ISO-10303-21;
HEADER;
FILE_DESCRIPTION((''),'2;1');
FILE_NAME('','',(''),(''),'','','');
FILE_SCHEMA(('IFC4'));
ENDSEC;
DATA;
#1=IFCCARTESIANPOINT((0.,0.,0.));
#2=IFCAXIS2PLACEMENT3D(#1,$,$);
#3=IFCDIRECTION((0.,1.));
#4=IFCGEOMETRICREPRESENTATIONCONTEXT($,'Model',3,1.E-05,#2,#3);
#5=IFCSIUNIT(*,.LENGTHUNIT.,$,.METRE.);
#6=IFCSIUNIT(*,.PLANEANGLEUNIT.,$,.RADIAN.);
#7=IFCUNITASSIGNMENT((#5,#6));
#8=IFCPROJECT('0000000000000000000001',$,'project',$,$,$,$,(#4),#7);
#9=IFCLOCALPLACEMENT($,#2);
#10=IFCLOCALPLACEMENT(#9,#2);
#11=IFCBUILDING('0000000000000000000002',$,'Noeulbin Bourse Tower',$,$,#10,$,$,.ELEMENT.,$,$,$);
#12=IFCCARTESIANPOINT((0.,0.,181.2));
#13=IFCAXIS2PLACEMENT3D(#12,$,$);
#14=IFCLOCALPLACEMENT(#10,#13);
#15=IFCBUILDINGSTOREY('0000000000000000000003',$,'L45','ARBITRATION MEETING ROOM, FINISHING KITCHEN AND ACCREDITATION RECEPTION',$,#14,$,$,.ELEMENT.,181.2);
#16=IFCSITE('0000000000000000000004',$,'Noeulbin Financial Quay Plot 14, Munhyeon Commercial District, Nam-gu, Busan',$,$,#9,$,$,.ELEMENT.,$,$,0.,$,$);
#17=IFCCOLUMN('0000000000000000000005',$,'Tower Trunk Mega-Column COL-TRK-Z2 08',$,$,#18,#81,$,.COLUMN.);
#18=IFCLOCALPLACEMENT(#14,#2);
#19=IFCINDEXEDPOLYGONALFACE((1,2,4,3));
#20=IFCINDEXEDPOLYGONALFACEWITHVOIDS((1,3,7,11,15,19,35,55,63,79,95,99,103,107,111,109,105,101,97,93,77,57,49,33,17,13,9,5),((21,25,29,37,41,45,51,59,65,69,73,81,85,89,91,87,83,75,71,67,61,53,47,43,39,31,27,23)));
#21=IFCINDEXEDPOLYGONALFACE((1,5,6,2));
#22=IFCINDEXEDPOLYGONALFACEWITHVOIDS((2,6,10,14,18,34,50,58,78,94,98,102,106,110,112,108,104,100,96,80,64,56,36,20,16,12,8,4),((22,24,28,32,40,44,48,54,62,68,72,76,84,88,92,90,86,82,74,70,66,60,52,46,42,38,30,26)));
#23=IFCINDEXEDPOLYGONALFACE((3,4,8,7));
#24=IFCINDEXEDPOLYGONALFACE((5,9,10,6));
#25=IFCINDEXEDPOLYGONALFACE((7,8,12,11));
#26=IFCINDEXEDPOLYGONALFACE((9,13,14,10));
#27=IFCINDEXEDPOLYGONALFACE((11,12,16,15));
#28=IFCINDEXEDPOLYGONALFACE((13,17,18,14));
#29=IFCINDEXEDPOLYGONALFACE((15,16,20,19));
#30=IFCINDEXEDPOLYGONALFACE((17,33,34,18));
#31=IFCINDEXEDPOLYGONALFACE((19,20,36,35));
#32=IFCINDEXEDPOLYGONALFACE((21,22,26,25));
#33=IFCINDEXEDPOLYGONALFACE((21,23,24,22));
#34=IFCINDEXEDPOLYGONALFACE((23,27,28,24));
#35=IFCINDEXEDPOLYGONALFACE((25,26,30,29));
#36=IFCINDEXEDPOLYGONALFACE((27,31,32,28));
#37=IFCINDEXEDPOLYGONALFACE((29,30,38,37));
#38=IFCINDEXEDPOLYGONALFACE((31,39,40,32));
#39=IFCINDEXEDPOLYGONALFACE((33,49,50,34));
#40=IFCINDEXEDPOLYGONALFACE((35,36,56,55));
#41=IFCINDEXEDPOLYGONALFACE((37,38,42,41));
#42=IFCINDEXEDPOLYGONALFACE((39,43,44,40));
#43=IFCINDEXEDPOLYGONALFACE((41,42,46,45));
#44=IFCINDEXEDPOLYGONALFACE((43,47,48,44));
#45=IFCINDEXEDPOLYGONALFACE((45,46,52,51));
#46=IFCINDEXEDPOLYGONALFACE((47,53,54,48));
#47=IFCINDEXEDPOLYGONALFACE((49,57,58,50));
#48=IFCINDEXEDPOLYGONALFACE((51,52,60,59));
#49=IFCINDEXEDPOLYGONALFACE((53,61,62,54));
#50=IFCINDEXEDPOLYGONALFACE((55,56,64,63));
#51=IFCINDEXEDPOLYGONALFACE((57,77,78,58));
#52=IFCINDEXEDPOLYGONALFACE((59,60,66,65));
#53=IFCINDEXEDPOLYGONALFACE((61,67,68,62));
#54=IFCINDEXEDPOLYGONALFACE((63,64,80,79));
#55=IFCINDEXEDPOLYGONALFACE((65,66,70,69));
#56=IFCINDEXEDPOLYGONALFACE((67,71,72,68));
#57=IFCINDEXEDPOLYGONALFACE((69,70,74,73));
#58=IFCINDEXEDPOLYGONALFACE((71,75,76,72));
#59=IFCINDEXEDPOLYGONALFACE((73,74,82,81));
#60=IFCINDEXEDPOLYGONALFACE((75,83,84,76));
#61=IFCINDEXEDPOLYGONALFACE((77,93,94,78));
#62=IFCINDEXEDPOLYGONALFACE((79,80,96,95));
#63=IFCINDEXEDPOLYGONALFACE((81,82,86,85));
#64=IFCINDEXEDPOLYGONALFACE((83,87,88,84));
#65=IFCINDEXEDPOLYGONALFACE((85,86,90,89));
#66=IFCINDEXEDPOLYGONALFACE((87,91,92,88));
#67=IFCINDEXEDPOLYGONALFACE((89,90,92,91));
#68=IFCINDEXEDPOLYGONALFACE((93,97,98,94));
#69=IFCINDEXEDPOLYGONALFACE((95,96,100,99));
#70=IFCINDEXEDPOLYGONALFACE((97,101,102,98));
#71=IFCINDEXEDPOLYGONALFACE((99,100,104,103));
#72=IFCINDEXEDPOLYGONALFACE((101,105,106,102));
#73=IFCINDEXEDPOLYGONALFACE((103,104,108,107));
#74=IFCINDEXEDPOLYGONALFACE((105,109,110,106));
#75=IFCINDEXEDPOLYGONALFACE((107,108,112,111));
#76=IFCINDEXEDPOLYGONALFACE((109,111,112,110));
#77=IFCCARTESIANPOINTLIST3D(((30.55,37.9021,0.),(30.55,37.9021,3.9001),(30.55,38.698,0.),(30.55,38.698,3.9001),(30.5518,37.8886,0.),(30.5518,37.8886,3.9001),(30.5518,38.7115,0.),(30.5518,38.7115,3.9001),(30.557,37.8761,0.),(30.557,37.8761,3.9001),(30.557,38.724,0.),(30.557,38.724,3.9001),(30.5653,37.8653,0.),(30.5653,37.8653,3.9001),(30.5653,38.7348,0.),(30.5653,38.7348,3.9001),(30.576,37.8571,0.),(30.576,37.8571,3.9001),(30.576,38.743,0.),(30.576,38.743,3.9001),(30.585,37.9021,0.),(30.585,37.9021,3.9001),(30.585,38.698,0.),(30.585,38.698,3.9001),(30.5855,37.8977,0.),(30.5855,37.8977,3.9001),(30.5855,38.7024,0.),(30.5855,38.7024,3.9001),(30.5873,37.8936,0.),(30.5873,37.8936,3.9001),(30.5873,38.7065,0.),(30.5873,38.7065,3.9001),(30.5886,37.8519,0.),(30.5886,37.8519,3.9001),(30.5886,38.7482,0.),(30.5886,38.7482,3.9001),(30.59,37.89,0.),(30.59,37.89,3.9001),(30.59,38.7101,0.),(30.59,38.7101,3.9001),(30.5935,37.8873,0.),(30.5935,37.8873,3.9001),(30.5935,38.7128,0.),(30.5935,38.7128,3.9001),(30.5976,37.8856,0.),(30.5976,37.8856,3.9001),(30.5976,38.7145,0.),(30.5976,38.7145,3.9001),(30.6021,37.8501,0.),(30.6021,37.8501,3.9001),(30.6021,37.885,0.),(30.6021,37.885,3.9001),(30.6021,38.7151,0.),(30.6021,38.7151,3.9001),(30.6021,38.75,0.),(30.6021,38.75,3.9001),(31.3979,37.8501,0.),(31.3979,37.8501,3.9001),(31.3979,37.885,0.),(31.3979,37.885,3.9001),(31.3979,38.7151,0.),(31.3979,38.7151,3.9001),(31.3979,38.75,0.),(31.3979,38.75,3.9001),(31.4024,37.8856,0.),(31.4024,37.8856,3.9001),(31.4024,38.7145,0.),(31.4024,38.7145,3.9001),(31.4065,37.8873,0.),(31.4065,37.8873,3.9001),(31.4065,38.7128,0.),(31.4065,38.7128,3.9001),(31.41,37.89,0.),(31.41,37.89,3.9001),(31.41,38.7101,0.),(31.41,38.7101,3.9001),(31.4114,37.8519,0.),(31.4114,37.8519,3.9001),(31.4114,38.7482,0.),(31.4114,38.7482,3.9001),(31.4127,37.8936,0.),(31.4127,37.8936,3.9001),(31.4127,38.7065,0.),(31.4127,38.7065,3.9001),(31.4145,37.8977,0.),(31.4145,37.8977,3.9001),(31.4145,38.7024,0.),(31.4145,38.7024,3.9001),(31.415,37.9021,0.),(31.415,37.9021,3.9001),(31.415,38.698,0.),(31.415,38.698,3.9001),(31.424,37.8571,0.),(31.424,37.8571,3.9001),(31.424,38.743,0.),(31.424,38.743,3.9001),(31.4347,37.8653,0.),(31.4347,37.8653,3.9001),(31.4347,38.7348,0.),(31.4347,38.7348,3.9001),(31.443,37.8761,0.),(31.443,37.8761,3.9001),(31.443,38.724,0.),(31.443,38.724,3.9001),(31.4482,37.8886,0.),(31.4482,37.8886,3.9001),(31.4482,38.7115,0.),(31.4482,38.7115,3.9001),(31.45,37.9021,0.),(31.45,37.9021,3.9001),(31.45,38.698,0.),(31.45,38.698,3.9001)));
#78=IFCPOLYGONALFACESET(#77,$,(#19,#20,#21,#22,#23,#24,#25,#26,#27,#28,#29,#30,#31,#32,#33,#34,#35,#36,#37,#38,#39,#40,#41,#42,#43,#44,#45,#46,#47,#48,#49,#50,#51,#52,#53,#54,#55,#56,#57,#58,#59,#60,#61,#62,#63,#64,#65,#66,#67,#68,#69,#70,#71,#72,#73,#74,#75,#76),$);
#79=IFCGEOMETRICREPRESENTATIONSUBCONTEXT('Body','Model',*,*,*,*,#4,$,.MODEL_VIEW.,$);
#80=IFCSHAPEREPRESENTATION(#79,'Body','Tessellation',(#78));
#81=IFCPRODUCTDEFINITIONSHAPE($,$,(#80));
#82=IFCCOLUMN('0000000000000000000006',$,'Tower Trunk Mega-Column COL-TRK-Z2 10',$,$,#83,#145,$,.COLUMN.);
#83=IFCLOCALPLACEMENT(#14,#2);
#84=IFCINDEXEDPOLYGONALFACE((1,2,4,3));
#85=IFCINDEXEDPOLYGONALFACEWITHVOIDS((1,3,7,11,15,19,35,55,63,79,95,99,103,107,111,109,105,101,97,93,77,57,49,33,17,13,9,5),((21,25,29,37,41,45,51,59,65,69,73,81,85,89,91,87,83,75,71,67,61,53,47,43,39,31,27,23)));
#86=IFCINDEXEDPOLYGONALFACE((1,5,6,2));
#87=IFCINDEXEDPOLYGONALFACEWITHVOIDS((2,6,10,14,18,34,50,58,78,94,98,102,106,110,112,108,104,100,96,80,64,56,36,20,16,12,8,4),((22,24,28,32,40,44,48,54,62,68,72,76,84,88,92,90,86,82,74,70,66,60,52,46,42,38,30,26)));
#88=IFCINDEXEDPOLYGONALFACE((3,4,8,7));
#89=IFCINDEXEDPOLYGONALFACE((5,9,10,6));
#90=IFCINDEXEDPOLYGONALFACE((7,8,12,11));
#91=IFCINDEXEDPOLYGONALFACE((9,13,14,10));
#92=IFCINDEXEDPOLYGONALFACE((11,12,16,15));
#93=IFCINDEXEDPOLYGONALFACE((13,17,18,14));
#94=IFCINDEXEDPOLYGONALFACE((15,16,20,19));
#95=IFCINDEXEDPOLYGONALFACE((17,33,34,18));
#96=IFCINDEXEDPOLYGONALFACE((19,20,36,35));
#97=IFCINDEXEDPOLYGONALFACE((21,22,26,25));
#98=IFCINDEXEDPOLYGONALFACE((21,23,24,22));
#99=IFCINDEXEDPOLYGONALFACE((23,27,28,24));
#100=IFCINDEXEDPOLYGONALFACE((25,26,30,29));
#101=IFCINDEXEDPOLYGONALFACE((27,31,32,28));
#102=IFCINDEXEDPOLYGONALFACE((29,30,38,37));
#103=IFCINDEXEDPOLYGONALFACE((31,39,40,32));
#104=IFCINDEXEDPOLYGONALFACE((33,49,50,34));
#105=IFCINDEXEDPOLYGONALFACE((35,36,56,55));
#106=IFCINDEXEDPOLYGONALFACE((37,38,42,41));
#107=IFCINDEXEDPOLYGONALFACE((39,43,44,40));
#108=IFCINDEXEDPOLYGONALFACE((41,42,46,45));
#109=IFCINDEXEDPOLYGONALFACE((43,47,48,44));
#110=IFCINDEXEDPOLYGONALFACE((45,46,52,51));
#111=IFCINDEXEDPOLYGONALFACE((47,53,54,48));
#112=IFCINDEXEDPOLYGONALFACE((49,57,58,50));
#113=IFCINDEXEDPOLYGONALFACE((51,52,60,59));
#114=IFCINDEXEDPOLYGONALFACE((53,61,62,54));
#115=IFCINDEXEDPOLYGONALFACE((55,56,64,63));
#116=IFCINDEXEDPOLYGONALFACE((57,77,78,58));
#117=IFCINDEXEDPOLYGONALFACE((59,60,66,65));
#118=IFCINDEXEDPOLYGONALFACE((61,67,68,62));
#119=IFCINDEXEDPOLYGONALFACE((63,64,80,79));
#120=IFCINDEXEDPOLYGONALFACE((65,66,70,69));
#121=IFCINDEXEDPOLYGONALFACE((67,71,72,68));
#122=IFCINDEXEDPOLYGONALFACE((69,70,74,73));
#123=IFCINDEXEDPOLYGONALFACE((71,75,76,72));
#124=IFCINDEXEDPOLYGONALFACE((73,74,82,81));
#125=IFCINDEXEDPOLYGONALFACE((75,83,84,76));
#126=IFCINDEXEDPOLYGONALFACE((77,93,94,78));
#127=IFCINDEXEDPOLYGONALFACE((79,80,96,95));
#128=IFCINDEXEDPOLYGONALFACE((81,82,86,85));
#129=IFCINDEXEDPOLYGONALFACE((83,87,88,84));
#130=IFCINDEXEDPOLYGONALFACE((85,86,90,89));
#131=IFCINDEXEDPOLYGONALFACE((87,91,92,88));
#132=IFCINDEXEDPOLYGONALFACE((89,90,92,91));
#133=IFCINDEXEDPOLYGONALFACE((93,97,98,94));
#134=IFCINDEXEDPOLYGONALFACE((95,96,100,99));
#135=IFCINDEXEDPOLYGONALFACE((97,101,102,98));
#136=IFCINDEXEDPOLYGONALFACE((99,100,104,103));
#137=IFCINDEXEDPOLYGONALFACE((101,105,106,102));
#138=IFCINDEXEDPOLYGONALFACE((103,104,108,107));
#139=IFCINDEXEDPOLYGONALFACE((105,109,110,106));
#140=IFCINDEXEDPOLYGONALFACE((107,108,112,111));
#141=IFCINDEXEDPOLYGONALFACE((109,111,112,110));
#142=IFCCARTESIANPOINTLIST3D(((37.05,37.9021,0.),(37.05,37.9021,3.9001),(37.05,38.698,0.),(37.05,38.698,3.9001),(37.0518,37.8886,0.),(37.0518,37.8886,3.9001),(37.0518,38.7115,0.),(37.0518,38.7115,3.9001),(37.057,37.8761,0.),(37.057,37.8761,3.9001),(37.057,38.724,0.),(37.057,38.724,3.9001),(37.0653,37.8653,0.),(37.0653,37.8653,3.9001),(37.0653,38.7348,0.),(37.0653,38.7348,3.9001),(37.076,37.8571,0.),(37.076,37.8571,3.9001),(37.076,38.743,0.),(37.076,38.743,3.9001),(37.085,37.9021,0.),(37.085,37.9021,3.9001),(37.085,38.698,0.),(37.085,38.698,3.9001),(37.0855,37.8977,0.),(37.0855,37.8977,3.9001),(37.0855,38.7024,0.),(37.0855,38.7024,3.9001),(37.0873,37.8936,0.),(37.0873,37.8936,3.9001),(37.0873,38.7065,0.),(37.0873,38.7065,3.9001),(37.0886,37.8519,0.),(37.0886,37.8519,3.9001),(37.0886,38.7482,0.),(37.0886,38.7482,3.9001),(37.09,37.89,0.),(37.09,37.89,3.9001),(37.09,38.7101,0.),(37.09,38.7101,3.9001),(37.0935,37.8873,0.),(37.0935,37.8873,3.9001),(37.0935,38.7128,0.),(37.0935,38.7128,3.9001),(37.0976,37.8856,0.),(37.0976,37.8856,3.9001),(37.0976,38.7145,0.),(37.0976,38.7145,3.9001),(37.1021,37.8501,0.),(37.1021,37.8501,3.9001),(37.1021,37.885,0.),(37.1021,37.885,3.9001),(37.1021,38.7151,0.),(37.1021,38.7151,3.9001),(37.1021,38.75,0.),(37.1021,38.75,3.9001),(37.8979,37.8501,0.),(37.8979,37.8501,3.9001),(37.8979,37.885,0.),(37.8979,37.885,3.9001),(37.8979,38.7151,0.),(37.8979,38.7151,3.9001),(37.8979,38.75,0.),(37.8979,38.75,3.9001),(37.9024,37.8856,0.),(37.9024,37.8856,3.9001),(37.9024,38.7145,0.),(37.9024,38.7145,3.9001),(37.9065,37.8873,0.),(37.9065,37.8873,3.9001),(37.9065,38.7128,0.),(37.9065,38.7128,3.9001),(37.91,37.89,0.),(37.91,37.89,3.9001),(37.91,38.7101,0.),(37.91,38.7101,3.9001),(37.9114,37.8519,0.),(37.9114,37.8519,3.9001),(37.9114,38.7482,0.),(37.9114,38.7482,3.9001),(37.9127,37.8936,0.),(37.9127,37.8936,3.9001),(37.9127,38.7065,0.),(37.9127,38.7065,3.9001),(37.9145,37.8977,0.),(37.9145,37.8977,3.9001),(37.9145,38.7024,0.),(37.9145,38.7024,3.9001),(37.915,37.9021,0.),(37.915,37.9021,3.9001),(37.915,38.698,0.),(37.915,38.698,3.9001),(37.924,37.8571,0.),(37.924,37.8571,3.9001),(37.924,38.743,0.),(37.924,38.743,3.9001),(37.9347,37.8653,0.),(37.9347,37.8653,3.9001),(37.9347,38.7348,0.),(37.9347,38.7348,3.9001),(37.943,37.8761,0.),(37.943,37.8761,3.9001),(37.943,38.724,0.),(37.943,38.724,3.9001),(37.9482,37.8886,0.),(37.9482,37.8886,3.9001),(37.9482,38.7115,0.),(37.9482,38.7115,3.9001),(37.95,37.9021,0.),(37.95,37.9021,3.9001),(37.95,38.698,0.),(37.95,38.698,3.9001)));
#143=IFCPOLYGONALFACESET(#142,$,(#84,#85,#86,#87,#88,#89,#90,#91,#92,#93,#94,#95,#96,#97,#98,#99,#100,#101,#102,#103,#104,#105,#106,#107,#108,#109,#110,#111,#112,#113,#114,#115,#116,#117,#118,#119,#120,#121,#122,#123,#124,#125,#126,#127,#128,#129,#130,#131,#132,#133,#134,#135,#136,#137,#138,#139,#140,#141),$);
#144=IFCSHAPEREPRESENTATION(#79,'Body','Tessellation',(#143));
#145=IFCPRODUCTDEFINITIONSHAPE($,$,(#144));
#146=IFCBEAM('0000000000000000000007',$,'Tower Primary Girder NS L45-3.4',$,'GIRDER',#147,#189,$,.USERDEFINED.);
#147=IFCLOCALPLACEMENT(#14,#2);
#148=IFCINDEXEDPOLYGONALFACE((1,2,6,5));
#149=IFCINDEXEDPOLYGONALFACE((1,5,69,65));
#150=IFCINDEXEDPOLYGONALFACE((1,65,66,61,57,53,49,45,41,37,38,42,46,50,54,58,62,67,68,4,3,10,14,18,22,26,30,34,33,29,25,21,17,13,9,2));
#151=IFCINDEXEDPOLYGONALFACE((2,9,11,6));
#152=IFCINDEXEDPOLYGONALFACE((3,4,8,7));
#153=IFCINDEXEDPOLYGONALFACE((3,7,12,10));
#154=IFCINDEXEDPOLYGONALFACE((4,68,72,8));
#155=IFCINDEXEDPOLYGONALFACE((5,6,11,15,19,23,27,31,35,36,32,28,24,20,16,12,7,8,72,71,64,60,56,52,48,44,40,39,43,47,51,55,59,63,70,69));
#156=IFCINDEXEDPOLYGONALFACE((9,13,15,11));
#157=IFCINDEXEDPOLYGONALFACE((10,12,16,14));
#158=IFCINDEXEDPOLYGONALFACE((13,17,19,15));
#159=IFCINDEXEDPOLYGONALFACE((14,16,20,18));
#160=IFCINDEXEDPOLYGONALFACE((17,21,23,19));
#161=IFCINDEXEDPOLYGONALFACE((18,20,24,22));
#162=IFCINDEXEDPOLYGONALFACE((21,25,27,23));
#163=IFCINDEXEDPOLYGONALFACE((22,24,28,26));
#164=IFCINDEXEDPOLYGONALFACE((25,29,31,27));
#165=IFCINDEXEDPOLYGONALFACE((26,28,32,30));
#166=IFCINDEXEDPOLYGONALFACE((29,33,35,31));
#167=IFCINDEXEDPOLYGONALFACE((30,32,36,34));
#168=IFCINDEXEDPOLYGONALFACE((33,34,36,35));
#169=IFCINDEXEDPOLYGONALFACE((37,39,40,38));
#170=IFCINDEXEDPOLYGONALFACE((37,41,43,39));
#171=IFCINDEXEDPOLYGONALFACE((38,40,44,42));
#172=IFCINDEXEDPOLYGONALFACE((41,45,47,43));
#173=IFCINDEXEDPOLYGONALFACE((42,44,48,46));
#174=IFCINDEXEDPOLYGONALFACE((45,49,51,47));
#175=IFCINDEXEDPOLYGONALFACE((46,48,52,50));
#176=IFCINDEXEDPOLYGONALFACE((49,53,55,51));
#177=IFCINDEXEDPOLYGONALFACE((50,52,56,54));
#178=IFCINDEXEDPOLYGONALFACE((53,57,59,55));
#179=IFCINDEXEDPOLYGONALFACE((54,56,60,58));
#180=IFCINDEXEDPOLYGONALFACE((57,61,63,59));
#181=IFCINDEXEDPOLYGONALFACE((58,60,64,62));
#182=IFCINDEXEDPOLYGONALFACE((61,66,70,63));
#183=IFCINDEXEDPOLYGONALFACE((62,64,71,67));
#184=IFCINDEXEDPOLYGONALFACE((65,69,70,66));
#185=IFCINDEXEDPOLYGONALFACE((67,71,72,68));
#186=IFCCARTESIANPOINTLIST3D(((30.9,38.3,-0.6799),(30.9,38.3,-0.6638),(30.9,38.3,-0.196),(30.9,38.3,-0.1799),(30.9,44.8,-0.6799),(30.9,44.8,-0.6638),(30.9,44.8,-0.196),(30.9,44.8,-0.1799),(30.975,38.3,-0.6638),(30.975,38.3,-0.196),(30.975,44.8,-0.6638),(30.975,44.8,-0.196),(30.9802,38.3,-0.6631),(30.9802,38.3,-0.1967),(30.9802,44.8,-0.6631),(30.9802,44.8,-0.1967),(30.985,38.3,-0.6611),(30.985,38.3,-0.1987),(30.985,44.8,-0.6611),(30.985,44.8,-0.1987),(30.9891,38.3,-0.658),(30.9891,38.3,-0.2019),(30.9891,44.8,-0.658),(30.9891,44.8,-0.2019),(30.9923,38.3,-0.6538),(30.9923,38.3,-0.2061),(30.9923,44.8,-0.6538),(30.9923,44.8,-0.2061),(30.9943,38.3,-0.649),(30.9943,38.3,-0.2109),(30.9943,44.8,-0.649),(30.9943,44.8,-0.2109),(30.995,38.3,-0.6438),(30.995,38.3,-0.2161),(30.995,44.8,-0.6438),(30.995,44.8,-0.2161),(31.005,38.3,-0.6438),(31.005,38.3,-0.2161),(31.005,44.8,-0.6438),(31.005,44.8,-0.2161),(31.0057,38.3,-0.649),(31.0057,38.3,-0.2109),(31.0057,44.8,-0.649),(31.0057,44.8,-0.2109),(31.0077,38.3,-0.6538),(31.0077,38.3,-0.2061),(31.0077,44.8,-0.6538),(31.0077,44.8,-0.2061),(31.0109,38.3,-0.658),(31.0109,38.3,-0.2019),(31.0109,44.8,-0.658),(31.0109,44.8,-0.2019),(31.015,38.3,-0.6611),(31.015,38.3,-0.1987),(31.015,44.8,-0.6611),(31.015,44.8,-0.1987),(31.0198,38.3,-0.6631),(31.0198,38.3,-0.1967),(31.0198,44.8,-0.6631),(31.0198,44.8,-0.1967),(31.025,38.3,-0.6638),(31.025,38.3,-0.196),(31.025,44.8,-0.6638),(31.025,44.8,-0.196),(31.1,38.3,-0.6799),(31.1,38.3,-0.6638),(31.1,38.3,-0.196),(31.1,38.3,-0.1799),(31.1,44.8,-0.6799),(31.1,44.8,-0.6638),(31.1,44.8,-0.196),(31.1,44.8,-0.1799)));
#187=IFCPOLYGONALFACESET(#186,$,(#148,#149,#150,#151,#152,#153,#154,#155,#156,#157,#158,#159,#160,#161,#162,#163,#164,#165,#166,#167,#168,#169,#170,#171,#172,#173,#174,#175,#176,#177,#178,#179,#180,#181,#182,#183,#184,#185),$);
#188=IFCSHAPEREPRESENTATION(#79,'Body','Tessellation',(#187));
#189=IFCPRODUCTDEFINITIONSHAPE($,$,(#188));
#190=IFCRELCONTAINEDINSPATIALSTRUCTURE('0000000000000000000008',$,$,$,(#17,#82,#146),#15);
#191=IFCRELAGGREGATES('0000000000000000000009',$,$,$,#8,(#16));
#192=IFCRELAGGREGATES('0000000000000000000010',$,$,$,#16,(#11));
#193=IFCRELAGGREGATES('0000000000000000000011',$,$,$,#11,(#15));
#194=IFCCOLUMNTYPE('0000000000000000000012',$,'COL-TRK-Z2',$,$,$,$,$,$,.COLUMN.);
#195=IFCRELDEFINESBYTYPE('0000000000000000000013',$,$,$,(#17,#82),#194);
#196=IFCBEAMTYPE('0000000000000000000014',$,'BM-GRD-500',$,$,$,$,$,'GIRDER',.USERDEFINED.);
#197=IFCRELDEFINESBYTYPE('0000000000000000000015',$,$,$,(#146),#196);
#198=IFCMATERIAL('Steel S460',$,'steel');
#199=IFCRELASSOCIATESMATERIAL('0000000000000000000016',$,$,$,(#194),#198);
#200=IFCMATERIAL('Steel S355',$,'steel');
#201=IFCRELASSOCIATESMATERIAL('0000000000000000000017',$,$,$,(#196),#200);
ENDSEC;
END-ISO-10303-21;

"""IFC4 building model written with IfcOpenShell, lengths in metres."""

from ifc_helpers import new_model, si_unit, direction, frame, origin, origin_2d, place, context, subcontext, project, spatial, hollow_rectangle, i_section, extrude, material, material_profile, profile_set, type_object, element, save


model = new_model("IFC4")

# Units and contexts
model_context = context("Model", 3, precision=1e-05, world=origin(), true_north=direction((0.0, 1.0)))
body_context = subcontext(model_context, "Body", "Model", "MODEL_VIEW")
ifc_project = project(units=[si_unit("LENGTHUNIT", "METRE"), si_unit("PLANEANGLEUNIT", "RADIAN")], contexts=[model_context])

# Site, building, storey
site_placement = place(None, origin())
site = spatial("IfcSite", under=ifc_project, at=site_placement, Name="Noeulbin Financial Quay Plot 14, Munhyeon Commercial District, Nam-gu, Busan", CompositionType="ELEMENT", RefElevation=0.0)
building_placement = place(site_placement, origin())
building = spatial("IfcBuilding", under=site, at=building_placement, Name="Noeulbin Bourse Tower", CompositionType="ELEMENT")
storey_placement = place(building_placement, frame((0.0, 0.0, 181.2)))
storey = spatial("IfcBuildingStorey", under=building, at=storey_placement, Name="L45", Description="ARBITRATION MEETING ROOM, FINISHING KITCHEN AND ACCREDITATION RECEPTION", CompositionType="ELEMENT", Elevation=181.2)

# Columns
ifc_material_1 = material(Name="Steel S460", Category="steel")
ifc_material_profile_1 = material_profile(ifc_material_1, hollow_rectangle(XDim=0.8999, YDim=0.8999, WallThickness=0.0349, InnerFilletRadius=0.0171, OuterFilletRadius=0.052, at=origin_2d()), Name="BOX-900x900x35", Category="LoadBearing")
ifc_profile_set_1 = profile_set([ifc_material_profile_1], Name="Steel S460")
column_type = type_object("IfcColumnType", Name="COL-TRK-Z2", PredefinedType="COLUMN", material=ifc_profile_set_1)
for number, where, z_axis, x_axis, name in (
    (1, (31.0, 38.3, 0.0), (0.0, 0.0, 1.0), (1.0, 0.0, 0.0), "Tower Trunk Mega-Column COL-TRK-Z2 08"),
    (2, (37.5, 38.3, 0.0), (0.0, 0.0, 1.0), (1.0, 0.0, 0.0), "Tower Trunk Mega-Column COL-TRK-Z2 10"),
):
    element("IfcColumn", number, at=place(storey_placement, frame(where, z_axis=z_axis, x_axis=x_axis)), inside=storey, type_object=column_type, Name=name, PredefinedType="COLUMN", context=body_context, shape_type="SweptSolid", body=[
        extrude(hollow_rectangle(XDim=0.8999, YDim=0.8999, WallThickness=0.0349, InnerFilletRadius=0.0171, OuterFilletRadius=0.052, at=origin_2d()), origin(), (0.0, 0.0, 1.0), 3.9001),
    ])

# Beam
ifc_material_2 = material(Name="Steel S355", Category="steel")
ifc_material_profile_2 = material_profile(ifc_material_2, i_section(OverallWidth=0.2, OverallDepth=0.5, WebThickness=0.01, FlangeThickness=0.0161, FilletRadius=0.02, at=origin_2d()), Name="H-500x200x10x16", Category="LoadBearing")
ifc_profile_set_2 = profile_set([ifc_material_profile_2], Name="Steel S355")
beam_type_1 = type_object("IfcBeamType", Name="BM-GRD-500", ElementType="GIRDER", PredefinedType="USERDEFINED", material=ifc_profile_set_2)
for number, where, z_axis, x_axis, name in (
    (3, (31.0, 38.3, -0.4299), (0.0, 1.0, 0.0), (-1.0, 0.0, 0.0), "Tower Primary Girder NS L45-3.4"),
):
    element("IfcBeam", number, at=place(storey_placement, frame(where, z_axis=z_axis, x_axis=x_axis)), inside=storey, type_object=beam_type_1, Name=name, ObjectType="GIRDER", PredefinedType="USERDEFINED", context=body_context, shape_type="SweptSolid", body=[
        extrude(i_section(OverallWidth=0.2, OverallDepth=0.5, WebThickness=0.01, FlangeThickness=0.0161, FilletRadius=0.02, at=origin_2d()), origin(), (0.0, 0.0, 1.0), 6.5),
    ])

save(model, "model.ifc")
